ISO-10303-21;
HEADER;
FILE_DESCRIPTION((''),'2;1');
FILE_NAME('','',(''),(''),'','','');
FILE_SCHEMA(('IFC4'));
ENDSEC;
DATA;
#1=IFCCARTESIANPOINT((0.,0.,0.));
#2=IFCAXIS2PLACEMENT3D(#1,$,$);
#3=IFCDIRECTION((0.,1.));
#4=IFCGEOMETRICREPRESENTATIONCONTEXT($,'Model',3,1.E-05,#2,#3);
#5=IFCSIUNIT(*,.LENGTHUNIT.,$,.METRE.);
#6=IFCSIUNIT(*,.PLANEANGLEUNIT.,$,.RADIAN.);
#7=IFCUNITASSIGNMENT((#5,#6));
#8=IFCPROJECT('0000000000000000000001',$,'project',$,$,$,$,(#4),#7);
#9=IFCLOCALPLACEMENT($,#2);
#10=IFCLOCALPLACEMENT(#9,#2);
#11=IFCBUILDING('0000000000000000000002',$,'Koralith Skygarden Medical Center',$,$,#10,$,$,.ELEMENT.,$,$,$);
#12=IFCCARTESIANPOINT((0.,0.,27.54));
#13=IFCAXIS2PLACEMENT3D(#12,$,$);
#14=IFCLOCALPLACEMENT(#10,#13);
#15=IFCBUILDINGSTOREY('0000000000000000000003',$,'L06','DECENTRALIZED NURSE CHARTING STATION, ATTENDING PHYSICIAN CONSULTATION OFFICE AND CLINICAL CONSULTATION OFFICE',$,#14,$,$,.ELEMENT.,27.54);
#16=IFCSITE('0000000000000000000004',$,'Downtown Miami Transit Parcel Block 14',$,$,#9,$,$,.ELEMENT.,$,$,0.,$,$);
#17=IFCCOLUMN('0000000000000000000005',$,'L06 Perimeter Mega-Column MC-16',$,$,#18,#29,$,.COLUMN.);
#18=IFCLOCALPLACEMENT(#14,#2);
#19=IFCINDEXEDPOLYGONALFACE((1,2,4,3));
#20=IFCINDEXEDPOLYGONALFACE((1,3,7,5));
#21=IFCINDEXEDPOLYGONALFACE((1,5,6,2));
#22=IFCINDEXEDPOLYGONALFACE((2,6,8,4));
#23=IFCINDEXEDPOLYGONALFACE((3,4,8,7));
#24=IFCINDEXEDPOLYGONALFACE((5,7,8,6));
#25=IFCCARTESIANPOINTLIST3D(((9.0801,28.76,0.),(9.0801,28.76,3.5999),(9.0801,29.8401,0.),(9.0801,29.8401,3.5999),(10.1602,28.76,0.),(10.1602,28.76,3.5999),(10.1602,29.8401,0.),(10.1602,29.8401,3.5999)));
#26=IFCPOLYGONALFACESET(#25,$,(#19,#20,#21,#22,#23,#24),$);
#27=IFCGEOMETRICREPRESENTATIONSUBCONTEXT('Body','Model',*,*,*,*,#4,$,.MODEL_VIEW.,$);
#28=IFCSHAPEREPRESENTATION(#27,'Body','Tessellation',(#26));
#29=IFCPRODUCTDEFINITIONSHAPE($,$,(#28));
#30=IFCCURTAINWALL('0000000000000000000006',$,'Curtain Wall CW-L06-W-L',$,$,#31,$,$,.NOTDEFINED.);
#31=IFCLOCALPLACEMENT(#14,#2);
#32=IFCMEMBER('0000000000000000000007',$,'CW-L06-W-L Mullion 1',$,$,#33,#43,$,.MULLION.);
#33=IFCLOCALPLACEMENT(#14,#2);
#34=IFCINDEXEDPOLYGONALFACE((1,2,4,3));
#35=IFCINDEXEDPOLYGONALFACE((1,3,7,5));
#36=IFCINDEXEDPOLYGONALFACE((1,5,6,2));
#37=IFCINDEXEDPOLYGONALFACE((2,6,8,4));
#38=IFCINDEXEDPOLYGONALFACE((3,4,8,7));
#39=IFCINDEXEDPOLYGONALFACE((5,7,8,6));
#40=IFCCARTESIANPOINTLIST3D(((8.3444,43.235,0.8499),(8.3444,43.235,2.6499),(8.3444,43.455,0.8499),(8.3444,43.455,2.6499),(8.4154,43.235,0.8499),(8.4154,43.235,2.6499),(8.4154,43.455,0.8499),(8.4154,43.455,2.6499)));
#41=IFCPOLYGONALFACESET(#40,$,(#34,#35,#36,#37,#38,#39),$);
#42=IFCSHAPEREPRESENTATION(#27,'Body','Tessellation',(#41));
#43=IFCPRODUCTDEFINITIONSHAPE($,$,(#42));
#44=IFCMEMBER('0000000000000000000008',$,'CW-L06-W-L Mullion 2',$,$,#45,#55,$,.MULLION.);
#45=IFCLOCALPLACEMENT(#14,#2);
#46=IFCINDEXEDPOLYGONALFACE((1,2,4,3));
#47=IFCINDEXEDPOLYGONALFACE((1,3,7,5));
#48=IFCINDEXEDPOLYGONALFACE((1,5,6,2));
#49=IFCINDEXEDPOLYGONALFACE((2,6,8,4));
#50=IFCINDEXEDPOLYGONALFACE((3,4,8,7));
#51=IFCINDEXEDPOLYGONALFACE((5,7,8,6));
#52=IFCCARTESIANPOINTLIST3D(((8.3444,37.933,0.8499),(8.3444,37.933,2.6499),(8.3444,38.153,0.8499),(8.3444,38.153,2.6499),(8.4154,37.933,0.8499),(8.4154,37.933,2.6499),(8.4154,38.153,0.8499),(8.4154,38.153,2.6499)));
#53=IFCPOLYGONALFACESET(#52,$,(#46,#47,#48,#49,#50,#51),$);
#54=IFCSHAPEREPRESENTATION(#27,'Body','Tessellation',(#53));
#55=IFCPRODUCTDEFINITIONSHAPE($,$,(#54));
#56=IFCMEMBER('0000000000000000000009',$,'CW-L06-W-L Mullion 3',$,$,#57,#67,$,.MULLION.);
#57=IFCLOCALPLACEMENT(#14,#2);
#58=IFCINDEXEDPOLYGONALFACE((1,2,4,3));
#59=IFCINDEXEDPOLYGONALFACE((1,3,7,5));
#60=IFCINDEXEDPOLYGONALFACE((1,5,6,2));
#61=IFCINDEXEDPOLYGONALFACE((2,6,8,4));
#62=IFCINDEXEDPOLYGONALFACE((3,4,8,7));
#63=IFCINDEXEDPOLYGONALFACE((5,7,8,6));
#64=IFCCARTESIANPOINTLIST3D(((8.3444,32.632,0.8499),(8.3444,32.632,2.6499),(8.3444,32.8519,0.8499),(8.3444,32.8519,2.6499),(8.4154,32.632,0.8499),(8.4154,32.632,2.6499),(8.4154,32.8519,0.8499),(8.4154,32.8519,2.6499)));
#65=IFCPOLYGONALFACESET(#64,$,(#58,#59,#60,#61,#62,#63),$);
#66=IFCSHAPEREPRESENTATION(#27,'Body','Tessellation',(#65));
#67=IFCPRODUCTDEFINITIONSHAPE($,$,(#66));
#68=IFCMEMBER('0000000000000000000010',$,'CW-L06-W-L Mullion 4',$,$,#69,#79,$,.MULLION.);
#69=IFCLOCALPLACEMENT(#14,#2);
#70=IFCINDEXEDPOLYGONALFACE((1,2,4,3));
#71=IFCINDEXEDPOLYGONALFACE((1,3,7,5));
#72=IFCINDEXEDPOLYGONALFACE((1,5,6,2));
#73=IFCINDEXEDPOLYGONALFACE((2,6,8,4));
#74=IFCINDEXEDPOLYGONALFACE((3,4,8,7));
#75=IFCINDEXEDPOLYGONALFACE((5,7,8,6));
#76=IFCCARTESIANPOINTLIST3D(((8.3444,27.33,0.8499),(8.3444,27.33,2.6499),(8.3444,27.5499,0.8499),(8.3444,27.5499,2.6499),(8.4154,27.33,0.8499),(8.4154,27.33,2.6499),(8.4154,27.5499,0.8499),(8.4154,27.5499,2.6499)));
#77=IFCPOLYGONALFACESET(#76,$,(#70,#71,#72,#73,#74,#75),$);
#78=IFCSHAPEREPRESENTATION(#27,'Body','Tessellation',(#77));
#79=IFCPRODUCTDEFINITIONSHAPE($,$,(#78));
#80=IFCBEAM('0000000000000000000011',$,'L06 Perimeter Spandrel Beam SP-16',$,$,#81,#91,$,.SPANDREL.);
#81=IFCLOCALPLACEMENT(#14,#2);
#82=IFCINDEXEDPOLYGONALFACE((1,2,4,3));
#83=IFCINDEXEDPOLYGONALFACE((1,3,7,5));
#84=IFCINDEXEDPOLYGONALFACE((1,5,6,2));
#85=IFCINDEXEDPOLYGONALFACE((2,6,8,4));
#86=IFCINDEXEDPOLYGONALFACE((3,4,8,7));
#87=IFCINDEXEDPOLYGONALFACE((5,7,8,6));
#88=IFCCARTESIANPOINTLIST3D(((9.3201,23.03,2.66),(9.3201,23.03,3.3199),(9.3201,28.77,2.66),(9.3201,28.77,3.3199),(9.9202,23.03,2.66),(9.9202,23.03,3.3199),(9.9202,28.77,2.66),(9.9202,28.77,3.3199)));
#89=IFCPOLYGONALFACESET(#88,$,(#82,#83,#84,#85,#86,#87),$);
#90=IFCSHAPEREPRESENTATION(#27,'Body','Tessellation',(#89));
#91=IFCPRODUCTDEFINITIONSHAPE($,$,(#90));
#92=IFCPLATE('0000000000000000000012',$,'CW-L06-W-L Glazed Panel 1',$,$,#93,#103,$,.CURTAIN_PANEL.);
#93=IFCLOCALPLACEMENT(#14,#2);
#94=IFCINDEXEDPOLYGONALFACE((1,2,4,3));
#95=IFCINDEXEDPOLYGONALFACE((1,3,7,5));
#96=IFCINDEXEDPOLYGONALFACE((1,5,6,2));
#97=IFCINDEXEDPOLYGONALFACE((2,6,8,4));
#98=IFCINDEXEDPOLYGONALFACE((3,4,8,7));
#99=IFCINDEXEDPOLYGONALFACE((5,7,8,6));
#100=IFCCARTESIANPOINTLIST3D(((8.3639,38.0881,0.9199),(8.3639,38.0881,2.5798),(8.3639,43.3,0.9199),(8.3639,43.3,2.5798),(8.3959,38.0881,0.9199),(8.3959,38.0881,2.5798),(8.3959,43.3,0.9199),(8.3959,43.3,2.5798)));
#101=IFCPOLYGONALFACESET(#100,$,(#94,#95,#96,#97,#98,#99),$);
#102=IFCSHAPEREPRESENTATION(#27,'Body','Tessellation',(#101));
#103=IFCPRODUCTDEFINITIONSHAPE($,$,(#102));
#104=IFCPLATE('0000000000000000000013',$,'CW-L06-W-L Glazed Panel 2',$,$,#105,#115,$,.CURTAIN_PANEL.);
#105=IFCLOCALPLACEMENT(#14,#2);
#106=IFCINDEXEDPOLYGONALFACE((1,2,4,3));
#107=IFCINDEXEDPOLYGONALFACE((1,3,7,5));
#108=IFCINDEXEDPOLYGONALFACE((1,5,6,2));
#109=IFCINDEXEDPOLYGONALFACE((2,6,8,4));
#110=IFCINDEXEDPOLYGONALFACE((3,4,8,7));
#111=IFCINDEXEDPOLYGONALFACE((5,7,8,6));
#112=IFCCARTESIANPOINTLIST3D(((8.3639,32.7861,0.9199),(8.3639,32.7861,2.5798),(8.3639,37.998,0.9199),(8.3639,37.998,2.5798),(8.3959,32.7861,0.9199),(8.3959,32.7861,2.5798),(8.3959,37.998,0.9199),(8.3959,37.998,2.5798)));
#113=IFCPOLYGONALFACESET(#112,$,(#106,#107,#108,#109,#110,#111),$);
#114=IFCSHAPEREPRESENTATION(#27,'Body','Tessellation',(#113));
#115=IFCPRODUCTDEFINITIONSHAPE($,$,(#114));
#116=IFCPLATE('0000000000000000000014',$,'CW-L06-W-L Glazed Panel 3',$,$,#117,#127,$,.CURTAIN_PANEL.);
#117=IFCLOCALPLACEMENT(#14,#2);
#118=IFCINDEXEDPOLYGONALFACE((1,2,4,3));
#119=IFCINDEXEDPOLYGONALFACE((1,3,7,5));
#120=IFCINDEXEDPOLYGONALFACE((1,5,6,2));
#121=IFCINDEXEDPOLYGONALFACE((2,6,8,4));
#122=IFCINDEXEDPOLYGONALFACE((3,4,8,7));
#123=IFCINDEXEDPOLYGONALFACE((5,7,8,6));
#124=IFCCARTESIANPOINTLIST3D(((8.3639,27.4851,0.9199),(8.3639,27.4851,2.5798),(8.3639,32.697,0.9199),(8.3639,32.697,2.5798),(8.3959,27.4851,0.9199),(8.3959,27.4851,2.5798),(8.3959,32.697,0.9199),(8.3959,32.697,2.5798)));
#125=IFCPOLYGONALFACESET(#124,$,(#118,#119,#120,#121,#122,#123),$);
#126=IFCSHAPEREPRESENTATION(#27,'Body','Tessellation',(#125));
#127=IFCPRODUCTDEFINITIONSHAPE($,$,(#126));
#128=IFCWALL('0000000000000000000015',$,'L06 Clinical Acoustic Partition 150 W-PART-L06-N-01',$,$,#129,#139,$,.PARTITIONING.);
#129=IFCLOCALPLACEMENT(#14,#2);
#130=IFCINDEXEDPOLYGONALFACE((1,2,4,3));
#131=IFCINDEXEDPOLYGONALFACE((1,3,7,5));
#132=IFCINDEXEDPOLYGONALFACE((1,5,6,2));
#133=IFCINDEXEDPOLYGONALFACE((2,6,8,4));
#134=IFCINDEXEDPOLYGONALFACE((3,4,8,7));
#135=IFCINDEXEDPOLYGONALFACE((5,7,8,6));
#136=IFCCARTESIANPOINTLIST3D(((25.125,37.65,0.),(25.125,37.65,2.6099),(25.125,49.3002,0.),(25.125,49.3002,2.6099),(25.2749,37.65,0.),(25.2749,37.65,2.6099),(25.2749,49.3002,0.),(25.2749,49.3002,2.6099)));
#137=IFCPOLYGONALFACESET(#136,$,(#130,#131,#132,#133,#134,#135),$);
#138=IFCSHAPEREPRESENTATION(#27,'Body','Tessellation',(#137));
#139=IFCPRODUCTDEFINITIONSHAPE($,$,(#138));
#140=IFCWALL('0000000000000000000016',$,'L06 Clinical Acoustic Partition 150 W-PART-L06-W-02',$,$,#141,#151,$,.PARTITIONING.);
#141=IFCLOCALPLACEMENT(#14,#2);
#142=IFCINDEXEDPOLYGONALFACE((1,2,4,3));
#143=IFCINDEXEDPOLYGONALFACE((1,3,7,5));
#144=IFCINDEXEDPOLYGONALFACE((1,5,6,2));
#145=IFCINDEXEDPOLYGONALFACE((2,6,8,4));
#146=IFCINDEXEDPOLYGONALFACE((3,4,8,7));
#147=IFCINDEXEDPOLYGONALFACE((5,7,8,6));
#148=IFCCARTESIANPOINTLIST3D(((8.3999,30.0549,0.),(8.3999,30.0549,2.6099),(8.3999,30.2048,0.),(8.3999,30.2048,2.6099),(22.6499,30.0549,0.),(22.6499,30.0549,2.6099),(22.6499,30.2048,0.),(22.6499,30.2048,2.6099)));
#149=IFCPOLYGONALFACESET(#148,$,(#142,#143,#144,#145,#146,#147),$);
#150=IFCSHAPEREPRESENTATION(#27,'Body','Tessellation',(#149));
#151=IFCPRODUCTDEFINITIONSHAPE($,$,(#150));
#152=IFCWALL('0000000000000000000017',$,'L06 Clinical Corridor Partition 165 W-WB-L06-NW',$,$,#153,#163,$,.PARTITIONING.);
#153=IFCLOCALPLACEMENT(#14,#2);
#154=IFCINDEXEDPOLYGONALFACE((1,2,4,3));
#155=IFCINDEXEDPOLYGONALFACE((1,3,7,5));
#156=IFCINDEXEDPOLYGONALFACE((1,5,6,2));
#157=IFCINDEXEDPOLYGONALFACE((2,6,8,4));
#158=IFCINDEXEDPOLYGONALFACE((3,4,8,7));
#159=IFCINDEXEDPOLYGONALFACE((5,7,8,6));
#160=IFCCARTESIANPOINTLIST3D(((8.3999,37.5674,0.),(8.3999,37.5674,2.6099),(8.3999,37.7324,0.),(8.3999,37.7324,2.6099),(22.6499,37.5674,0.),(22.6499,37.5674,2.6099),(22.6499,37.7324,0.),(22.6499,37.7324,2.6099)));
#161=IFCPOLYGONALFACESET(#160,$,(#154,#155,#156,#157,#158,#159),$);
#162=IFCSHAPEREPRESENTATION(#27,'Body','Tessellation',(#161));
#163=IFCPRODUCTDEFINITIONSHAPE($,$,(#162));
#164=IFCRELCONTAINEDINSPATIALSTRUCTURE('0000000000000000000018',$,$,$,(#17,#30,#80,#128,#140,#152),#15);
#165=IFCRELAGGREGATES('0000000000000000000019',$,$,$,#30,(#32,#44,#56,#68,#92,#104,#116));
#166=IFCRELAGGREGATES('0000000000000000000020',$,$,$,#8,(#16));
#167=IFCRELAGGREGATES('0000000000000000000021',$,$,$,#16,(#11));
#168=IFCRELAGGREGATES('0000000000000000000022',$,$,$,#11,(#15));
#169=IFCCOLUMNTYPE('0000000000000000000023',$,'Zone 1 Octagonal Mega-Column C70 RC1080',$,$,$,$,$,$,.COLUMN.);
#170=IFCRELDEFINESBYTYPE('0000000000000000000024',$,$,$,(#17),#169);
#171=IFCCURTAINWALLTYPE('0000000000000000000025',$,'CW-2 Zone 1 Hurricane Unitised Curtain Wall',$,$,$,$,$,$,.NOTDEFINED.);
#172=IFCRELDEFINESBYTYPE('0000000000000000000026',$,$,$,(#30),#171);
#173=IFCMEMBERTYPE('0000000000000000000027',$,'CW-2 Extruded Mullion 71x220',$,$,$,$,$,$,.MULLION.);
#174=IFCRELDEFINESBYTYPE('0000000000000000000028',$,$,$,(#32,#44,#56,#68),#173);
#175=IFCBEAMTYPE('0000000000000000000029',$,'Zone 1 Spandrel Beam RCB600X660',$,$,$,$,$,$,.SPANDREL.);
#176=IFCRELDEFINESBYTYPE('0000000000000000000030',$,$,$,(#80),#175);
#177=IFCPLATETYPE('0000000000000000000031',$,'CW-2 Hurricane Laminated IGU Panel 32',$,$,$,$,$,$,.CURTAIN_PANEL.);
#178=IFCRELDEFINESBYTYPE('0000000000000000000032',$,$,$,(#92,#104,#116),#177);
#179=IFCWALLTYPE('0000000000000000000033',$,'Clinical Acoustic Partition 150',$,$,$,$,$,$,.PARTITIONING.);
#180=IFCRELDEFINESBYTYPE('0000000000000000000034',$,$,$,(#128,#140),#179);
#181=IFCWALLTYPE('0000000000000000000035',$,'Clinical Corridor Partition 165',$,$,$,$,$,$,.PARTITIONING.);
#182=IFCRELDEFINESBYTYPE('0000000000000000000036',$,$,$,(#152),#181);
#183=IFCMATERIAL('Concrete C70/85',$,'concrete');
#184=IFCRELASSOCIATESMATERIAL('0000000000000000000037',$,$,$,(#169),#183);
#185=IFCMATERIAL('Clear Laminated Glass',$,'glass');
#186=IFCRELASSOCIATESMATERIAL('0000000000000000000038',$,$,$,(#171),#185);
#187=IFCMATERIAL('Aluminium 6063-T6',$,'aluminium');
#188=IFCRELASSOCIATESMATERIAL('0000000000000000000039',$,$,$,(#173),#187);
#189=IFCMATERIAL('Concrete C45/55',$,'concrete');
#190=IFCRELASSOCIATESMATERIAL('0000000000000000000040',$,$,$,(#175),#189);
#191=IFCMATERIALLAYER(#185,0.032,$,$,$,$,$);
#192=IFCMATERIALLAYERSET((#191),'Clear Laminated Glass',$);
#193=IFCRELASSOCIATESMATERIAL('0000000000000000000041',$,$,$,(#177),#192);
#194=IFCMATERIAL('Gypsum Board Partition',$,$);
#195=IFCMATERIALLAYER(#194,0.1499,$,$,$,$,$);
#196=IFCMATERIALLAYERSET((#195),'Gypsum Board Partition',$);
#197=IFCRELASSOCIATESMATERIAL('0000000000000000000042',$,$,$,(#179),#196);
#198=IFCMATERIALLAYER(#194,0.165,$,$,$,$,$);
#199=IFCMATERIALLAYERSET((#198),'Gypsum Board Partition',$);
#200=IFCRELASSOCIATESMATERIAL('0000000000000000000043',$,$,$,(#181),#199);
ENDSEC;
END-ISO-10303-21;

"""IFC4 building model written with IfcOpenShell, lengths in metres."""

from ifc_helpers import new_model, si_unit, direction, frame, frame_2d, origin, origin_2d, place, context, subcontext, project, spatial, rectangle, extrude, material, layer, layer_set, material_profile, profile_set, type_object, element, aggregate, save


model = new_model("IFC4")

# Units and contexts
model_context = context("Model", 3, precision=1e-05, world=origin(), true_north=direction((0.0, 1.0)))
body_context = subcontext(model_context, "Body", "Model", "MODEL_VIEW")
ifc_project = project(units=[si_unit("LENGTHUNIT", "METRE"), si_unit("PLANEANGLEUNIT", "RADIAN")], contexts=[model_context])

# Site, building, storey
site_placement = place(None, origin())
site = spatial("IfcSite", under=ifc_project, at=site_placement, Name="Downtown Miami Transit Parcel Block 14", CompositionType="ELEMENT", RefElevation=0.0)
building_placement = place(site_placement, origin())
building = spatial("IfcBuilding", under=site, at=building_placement, Name="Koralith Skygarden Medical Center", CompositionType="ELEMENT")
storey_placement = place(building_placement, frame((0.0, 0.0, 27.54)))
storey = spatial("IfcBuildingStorey", under=building, at=storey_placement, Name="L06", Description="DECENTRALIZED NURSE CHARTING STATION, ATTENDING PHYSICIAN CONSULTATION OFFICE AND CLINICAL CONSULTATION OFFICE", CompositionType="ELEMENT", Elevation=27.54)

# Column
ifc_material_1 = material(Name="Concrete C70/85", Category="concrete")
ifc_material_profile_1 = material_profile(ifc_material_1, rectangle(XDim=1.0801, YDim=1.0801, at=origin_2d()), Name="RC1080X1080")
ifc_profile_set_1 = profile_set([ifc_material_profile_1], Name="Concrete C70/85")
column_type = type_object("IfcColumnType", Name="Zone 1 Octagonal Mega-Column C70 RC1080", PredefinedType="COLUMN", material=ifc_profile_set_1)
column_placement = place(storey_placement, frame((9.6201, 29.3, 0.0), z_axis=(0.0, 0.0, 1.0), x_axis=(1.0, 0.0, 0.0)))
element("IfcColumn", 1, at=column_placement, inside=storey, type_object=column_type, Name="L06 Perimeter Mega-Column MC-16", PredefinedType="COLUMN", context=body_context, shape_type="SweptSolid", body=[
    extrude(rectangle(XDim=1.0801, YDim=1.0801, at=origin_2d()), origin(), (0.0, 0.0, 1.0), 3.5999),
])

# Curtain wall, members
ifc_material_2 = material(Name="Clear Laminated Glass", Category="glass")
curtain_wall_type = type_object("IfcCurtainWallType", Name="CW-2 Zone 1 Hurricane Unitised Curtain Wall", PredefinedType="NOTDEFINED", material=ifc_material_2)
curtain_wall_placement = place(storey_placement, origin())
curtain_wall = element("IfcCurtainWall", 2, at=curtain_wall_placement, inside=storey, type_object=curtain_wall_type, Name="Curtain Wall CW-L06-W-L", PredefinedType="NOTDEFINED")
ifc_material_3 = material(Name="Aluminium 6063-T6", Category="aluminium")
ifc_material_profile_2 = material_profile(ifc_material_3, rectangle(XDim=0.071, YDim=0.22, at=origin_2d()), Name="MUL71X220")
ifc_profile_set_2 = profile_set([ifc_material_profile_2], Name="Aluminium 6063-T6")
member_type = type_object("IfcMemberType", Name="CW-2 Extruded Mullion 71x220", PredefinedType="MULLION", material=ifc_profile_set_2)
member_1_placement = place(storey_placement, frame((8.3799, 43.345, 0.8499), z_axis=(0.0, 0.0, 1.0), x_axis=(1.0, 0.0, 0.0)))
member_1 = element("IfcMember", 3, at=member_1_placement, type_object=member_type, Name="CW-L06-W-L Mullion 1", PredefinedType="MULLION", context=body_context, shape_type="SweptSolid", body=[
    extrude(rectangle(XDim=0.071, YDim=0.22, at=origin_2d()), origin(), (0.0, 0.0, 1.0), 1.8),
])
member_2_placement = place(storey_placement, frame((8.3799, 38.043, 0.8499), z_axis=(0.0, 0.0, 1.0), x_axis=(1.0, 0.0, 0.0)))
member_2 = element("IfcMember", 4, at=member_2_placement, type_object=member_type, Name="CW-L06-W-L Mullion 2", PredefinedType="MULLION", context=body_context, shape_type="SweptSolid", body=[
    extrude(rectangle(XDim=0.071, YDim=0.22, at=origin_2d()), origin(), (0.0, 0.0, 1.0), 1.8),
])
member_3_placement = place(storey_placement, frame((8.3799, 32.7419, 0.8499), z_axis=(0.0, 0.0, 1.0), x_axis=(1.0, 0.0, 0.0)))
member_3 = element("IfcMember", 5, at=member_3_placement, type_object=member_type, Name="CW-L06-W-L Mullion 3", PredefinedType="MULLION", context=body_context, shape_type="SweptSolid", body=[
    extrude(rectangle(XDim=0.071, YDim=0.22, at=origin_2d()), origin(), (0.0, 0.0, 1.0), 1.8),
])
member_4_placement = place(storey_placement, frame((8.3799, 27.4399, 0.8499), z_axis=(0.0, 0.0, 1.0), x_axis=(1.0, 0.0, 0.0)))
member_4 = element("IfcMember", 6, at=member_4_placement, type_object=member_type, Name="CW-L06-W-L Mullion 4", PredefinedType="MULLION", context=body_context, shape_type="SweptSolid", body=[
    extrude(rectangle(XDim=0.071, YDim=0.22, at=origin_2d()), origin(), (0.0, 0.0, 1.0), 1.8),
])

# Beam
ifc_material_4 = material(Name="Concrete C45/55", Category="concrete")
ifc_material_profile_3 = material_profile(ifc_material_4, rectangle(XDim=0.6001, YDim=0.6599, at=origin_2d()), Name="RCB600X660")
ifc_profile_set_3 = profile_set([ifc_material_profile_3], Name="Concrete C45/55")
beam_type = type_object("IfcBeamType", Name="Zone 1 Spandrel Beam RCB600X660", PredefinedType="SPANDREL", material=ifc_profile_set_3)
beam_placement = place(storey_placement, frame((9.6201, 28.77, 2.99), z_axis=(0.0, -1.0, 0.0), x_axis=(1.0, 0.0, 0.0)))
element("IfcBeam", 7, at=beam_placement, inside=storey, type_object=beam_type, Name="L06 Perimeter Spandrel Beam SP-16", PredefinedType="SPANDREL", context=body_context, shape_type="SweptSolid", body=[
    extrude(rectangle(XDim=0.6001, YDim=0.6599, at=origin_2d()), origin(), (0.0, 0.0, 1.0), 5.74),
])

# Plates
ifc_layer_1 = layer(ifc_material_2, 0.032)
ifc_layer_set_1 = layer_set([ifc_layer_1], Name="Clear Laminated Glass")
plate_type = type_object("IfcPlateType", Name="CW-2 Hurricane Laminated IGU Panel 32", PredefinedType="CURTAIN_PANEL", material=ifc_layer_set_1)
plate_1_placement = place(storey_placement, frame((8.3799, 40.6941, 0.9199), z_axis=(0.0, 0.0, 1.0), x_axis=(0.0, -1.0, 0.0)))
plate_1 = element("IfcPlate", 8, at=plate_1_placement, type_object=plate_type, Name="CW-L06-W-L Glazed Panel 1", PredefinedType="CURTAIN_PANEL", context=body_context, shape_type="SweptSolid", body=[
    extrude(rectangle(XDim=5.2119, YDim=0.032, at=origin_2d()), origin(), (0.0, 0.0, 1.0), 1.6599),
])
plate_2_placement = place(storey_placement, frame((8.3799, 35.3921, 0.9199), z_axis=(0.0, 0.0, 1.0), x_axis=(0.0, -1.0, 0.0)))
plate_2 = element("IfcPlate", 9, at=plate_2_placement, type_object=plate_type, Name="CW-L06-W-L Glazed Panel 2", PredefinedType="CURTAIN_PANEL", context=body_context, shape_type="SweptSolid", body=[
    extrude(rectangle(XDim=5.2119, YDim=0.032, at=origin_2d()), origin(), (0.0, 0.0, 1.0), 1.6599),
])
plate_3_placement = place(storey_placement, frame((8.3799, 30.0911, 0.9199), z_axis=(0.0, 0.0, 1.0), x_axis=(0.0, -1.0, 0.0)))
plate_3 = element("IfcPlate", 10, at=plate_3_placement, type_object=plate_type, Name="CW-L06-W-L Glazed Panel 3", PredefinedType="CURTAIN_PANEL", context=body_context, shape_type="SweptSolid", body=[
    extrude(rectangle(XDim=5.2119, YDim=0.032, at=origin_2d()), origin(), (0.0, 0.0, 1.0), 1.6599),
])
aggregate(curtain_wall, [member_1, member_2, member_3, member_4, plate_1, plate_2, plate_3])

# Walls
ifc_material_5 = material(Name="Gypsum Board Partition")
ifc_layer_2 = layer(ifc_material_5, 0.1499)
ifc_layer_set_2 = layer_set([ifc_layer_2], Name="Gypsum Board Partition")
wall_type_1 = type_object("IfcWallType", Name="Clinical Acoustic Partition 150", PredefinedType="PARTITIONING", material=ifc_layer_set_2)
wall_1_placement = place(storey_placement, frame((25.2, 37.6499, 0.0), z_axis=(0.0, 0.0, 1.0), x_axis=(0.0, 1.0, 0.0)))
element("IfcWall", 11, at=wall_1_placement, inside=storey, type_object=wall_type_1, Name="L06 Clinical Acoustic Partition 150 W-PART-L06-N-01", PredefinedType="PARTITIONING", context=body_context, shape_type="SweptSolid", body=[
    extrude(rectangle(XDim=11.6501, YDim=0.1499, at=frame_2d((5.8252, 0.0))), origin(), (0.0, 0.0, 1.0), 2.6099),
])
wall_2_placement = place(storey_placement, frame((22.6499, 30.1299, 0.0), z_axis=(0.0, 0.0, 1.0), x_axis=(-1.0, 0.0, 0.0)))
element("IfcWall", 12, at=wall_2_placement, inside=storey, type_object=wall_type_1, Name="L06 Clinical Acoustic Partition 150 W-PART-L06-W-02", PredefinedType="PARTITIONING", context=body_context, shape_type="SweptSolid", body=[
    extrude(rectangle(XDim=14.25, YDim=0.1499, at=frame_2d((7.125, 0.0))), origin(), (0.0, 0.0, 1.0), 2.6099),
])
ifc_layer_3 = layer(ifc_material_5, 0.165)
ifc_layer_set_3 = layer_set([ifc_layer_3], Name="Gypsum Board Partition")
wall_type_2 = type_object("IfcWallType", Name="Clinical Corridor Partition 165", PredefinedType="PARTITIONING", material=ifc_layer_set_3)
wall_3_placement = place(storey_placement, frame((8.3999, 37.6499, 0.0), z_axis=(0.0, 0.0, 1.0), x_axis=(1.0, 0.0, 0.0)))
element("IfcWall", 13, at=wall_3_placement, inside=storey, type_object=wall_type_2, Name="L06 Clinical Corridor Partition 165 W-WB-L06-NW", PredefinedType="PARTITIONING", context=body_context, shape_type="SweptSolid", body=[
    extrude(rectangle(XDim=14.25, YDim=0.165, at=frame_2d((7.125, 0.0))), origin(), (0.0, 0.0, 1.0), 2.6099),
])

save(model, "model.ifc")
